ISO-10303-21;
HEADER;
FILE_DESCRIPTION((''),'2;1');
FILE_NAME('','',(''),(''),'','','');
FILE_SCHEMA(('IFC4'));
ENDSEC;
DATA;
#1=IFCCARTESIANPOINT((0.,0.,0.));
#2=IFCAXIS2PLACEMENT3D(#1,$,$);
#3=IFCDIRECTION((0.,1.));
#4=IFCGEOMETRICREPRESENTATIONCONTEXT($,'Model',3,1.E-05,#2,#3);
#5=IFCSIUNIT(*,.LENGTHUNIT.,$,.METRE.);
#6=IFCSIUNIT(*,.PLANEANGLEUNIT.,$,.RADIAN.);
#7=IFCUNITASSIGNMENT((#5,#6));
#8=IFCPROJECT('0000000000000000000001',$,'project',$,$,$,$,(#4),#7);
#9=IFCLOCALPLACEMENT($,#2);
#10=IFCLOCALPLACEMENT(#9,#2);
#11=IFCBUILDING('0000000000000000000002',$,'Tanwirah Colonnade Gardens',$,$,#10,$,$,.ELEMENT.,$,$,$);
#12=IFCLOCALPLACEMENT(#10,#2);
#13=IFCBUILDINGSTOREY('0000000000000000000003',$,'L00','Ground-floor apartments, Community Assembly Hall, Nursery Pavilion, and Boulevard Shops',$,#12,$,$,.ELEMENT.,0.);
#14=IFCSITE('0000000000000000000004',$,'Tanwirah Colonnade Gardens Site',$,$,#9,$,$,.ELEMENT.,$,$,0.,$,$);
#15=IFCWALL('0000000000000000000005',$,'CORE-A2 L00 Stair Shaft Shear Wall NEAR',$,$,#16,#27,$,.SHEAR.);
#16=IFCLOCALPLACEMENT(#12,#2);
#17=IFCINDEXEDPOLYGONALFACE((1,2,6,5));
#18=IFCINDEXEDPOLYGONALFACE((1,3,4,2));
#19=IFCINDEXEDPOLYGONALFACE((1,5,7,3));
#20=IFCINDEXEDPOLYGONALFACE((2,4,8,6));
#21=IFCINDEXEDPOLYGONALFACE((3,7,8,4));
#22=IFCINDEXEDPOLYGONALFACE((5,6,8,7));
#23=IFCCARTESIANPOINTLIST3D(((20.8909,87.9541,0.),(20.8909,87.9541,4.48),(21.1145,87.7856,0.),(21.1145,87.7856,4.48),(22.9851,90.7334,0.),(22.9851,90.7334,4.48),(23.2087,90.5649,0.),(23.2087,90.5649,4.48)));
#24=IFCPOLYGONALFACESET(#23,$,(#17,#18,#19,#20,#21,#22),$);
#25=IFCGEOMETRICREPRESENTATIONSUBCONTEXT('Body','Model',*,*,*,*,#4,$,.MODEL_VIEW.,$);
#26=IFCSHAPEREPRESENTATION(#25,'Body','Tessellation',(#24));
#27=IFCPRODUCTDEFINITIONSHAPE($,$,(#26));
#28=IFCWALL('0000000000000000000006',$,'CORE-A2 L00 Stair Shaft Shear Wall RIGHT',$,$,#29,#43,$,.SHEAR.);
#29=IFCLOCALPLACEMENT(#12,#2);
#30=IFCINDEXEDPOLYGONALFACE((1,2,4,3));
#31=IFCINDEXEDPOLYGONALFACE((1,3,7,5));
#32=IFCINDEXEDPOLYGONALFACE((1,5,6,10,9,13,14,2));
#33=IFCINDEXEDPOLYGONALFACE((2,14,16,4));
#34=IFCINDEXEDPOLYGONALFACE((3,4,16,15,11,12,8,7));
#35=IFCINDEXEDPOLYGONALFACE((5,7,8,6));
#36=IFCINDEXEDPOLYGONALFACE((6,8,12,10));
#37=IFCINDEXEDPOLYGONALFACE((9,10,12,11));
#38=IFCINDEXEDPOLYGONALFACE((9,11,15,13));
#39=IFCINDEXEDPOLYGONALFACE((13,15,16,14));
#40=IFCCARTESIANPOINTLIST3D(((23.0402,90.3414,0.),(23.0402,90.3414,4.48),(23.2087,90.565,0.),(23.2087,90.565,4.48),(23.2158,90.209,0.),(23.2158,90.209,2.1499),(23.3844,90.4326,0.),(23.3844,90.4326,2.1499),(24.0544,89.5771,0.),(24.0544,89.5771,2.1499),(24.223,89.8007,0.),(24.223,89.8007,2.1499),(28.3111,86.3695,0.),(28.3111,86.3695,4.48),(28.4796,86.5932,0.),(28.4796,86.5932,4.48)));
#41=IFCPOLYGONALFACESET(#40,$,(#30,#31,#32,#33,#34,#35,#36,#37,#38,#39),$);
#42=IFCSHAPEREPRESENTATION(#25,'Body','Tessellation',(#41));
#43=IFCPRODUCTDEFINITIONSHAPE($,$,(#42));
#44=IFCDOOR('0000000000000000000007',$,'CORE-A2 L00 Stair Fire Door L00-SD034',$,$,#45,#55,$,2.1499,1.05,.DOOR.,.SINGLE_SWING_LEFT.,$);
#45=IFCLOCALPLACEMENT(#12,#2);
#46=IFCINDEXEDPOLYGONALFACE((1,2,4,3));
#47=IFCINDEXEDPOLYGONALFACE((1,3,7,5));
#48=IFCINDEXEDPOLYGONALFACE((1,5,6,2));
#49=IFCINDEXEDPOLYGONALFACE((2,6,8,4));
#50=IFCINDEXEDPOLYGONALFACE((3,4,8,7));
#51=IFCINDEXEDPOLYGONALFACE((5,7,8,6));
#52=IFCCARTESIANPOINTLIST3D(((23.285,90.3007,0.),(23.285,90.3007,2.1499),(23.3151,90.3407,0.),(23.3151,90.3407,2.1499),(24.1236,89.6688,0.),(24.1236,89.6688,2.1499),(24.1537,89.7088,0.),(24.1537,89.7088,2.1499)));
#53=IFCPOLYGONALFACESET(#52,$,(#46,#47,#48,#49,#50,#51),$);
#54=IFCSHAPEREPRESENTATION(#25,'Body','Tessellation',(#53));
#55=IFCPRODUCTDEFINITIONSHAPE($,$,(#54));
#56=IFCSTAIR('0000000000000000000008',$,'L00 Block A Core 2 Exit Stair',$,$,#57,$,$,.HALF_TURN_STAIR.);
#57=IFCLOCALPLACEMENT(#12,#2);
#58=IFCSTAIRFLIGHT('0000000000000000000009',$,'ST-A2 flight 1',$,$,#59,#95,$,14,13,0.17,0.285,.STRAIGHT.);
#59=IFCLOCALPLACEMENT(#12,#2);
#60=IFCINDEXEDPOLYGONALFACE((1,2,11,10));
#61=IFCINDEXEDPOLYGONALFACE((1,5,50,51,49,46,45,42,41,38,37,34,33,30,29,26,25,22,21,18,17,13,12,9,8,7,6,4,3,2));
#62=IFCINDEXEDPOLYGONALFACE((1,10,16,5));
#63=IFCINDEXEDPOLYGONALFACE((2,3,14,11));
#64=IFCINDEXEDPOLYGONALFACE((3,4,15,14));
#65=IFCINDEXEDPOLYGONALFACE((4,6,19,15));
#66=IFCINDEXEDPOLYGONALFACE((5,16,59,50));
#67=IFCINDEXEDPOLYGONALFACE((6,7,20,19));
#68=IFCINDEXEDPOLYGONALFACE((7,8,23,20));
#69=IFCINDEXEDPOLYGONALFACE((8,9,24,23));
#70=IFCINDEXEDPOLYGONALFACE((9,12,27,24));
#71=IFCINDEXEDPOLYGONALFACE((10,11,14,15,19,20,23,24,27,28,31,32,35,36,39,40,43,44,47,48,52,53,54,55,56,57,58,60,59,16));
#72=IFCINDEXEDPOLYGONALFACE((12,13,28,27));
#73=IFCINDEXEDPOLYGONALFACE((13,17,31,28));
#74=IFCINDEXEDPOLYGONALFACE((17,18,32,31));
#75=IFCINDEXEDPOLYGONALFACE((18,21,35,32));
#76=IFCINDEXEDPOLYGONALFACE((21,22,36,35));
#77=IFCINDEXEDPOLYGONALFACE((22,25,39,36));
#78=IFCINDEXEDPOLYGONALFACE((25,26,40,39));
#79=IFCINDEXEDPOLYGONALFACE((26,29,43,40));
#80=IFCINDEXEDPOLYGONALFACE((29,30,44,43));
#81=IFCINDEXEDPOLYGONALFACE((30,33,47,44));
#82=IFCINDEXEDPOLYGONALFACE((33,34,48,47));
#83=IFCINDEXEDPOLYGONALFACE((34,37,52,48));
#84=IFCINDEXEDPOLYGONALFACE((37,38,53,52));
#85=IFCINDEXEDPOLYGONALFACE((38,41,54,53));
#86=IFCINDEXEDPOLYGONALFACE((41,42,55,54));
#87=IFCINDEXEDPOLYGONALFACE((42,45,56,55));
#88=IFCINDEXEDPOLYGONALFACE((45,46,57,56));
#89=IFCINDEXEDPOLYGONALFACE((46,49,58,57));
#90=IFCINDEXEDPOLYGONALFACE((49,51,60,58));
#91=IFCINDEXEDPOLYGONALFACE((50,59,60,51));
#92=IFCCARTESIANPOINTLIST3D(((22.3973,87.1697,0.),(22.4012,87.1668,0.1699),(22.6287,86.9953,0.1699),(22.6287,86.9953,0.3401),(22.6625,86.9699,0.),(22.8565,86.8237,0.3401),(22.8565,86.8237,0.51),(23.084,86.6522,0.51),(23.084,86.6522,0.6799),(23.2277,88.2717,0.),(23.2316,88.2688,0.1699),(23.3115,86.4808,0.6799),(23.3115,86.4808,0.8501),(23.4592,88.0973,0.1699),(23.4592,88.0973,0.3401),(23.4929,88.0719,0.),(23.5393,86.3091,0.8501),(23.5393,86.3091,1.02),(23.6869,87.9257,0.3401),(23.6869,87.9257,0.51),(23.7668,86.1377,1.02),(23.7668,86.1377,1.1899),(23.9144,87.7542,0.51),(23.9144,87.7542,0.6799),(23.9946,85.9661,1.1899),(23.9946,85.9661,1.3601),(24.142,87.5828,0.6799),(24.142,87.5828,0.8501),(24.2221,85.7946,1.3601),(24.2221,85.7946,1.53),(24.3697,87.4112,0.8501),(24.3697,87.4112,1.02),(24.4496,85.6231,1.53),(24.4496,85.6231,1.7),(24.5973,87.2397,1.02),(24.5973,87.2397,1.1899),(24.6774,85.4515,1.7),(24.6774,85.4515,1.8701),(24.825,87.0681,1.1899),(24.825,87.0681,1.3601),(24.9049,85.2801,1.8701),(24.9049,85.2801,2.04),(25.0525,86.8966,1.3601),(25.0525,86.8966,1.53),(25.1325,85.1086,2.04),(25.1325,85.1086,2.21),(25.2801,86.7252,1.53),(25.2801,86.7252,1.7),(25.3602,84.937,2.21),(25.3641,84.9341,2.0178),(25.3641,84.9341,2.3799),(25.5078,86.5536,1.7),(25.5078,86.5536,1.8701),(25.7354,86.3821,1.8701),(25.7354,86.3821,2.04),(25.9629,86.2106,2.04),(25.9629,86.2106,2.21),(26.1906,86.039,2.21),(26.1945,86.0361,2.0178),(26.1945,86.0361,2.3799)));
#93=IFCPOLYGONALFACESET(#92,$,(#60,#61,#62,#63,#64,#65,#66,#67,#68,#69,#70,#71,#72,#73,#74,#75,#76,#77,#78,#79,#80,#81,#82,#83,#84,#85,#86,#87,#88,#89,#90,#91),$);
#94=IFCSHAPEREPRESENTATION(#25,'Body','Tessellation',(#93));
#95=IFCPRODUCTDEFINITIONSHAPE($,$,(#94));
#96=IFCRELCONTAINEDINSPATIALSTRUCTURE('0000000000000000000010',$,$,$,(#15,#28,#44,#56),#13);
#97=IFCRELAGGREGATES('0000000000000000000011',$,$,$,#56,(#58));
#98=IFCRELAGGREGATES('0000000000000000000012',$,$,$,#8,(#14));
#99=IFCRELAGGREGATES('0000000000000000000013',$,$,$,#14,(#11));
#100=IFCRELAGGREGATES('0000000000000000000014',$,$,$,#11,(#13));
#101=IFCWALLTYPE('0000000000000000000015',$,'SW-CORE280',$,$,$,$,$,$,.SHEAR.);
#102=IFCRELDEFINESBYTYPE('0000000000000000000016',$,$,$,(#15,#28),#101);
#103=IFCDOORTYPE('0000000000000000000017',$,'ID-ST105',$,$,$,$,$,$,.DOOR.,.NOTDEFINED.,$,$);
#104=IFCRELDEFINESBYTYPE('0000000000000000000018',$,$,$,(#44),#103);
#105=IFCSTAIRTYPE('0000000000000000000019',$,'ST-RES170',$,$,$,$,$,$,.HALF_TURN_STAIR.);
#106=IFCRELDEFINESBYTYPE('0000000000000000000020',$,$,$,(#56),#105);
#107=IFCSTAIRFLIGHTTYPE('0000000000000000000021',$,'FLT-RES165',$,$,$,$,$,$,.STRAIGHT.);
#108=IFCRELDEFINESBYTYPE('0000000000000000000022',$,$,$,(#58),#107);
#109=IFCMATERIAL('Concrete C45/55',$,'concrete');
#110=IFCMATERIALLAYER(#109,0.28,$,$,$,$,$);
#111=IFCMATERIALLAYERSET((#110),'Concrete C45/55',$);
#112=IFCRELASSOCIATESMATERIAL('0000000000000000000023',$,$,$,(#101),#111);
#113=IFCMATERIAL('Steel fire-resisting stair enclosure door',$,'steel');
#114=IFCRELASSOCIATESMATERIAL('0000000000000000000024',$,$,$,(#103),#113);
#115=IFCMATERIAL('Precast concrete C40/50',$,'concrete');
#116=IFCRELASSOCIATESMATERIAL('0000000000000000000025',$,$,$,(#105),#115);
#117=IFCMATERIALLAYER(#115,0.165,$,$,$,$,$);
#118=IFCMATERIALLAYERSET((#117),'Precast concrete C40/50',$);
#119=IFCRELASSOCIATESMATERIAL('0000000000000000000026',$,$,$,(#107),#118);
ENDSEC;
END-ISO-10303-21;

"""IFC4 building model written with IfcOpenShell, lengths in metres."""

from ifc_helpers import new_model, si_unit, direction, frame, frame_2d, origin, place, context, subcontext, project, spatial, polyline, rectangle, outline, extrude, material, layer, layer_set, type_object, element, fill, aggregate, save


model = new_model("IFC4")

# Units and contexts
model_context = context("Model", 3, precision=1e-05, world=origin(), true_north=direction((0.0, 1.0)))
body_context = subcontext(model_context, "Body", "Model", "MODEL_VIEW")
ifc_project = project(units=[si_unit("LENGTHUNIT", "METRE"), si_unit("PLANEANGLEUNIT", "RADIAN")], contexts=[model_context])

# Site, building, storey
site_placement = place(None, origin())
site = spatial("IfcSite", under=ifc_project, at=site_placement, Name="Tanwirah Colonnade Gardens Site", CompositionType="ELEMENT", RefElevation=0.0)
building_placement = place(site_placement, origin())
building = spatial("IfcBuilding", under=site, at=building_placement, Name="Tanwirah Colonnade Gardens", CompositionType="ELEMENT")
storey_placement = place(building_placement, origin())
storey = spatial("IfcBuildingStorey", under=building, at=storey_placement, Name="L00", Description="Ground-floor apartments, Community Assembly Hall, Nursery Pavilion, and Boulevard Shops", CompositionType="ELEMENT", Elevation=0.0)

# Shared definitions
ifc_material_1 = material(Name="Precast concrete C40/50", Category="concrete")

# Wall
ifc_material_2 = material(Name="Concrete C45/55", Category="concrete")
ifc_layer_1 = layer(ifc_material_2, 0.28)
ifc_layer_set_1 = layer_set([ifc_layer_1], Name="Concrete C45/55")
wall_type_1 = type_object("IfcWallType", Name="SW-CORE280", PredefinedType="SHEAR", material=ifc_layer_set_1)
wall_1_placement = place(storey_placement, frame((21.0027, 87.8699, 0.0), z_axis=(0.0, 0.0, 1.0), x_axis=(0.601794, 0.798651, 0.0)))
element("IfcWall", 1, at=wall_1_placement, inside=storey, type_object=wall_type_1, Name="CORE-A2 L00 Stair Shaft Shear Wall NEAR", PredefinedType="SHEAR", context=body_context, shape_type="SweptSolid", body=[
    extrude(rectangle(XDim=3.48, YDim=0.28, at=frame_2d((1.74, 0.0))), origin(), (0.0, 0.0, 1.0), 4.48),
])

# Wall, opening, door
wall_2_placement = place(storey_placement, frame((23.1245, 90.4531, 0.0), z_axis=(0.0, 0.0, 1.0), x_axis=(0.79864, -0.60181, 0.0)))
wall_2 = element("IfcWall", 2, at=wall_2_placement, inside=storey, type_object=wall_type_1, Name="CORE-A2 L00 Stair Shaft Shear Wall RIGHT", PredefinedType="SHEAR", context=body_context, shape_type="SweptSolid", body=[
    extrude(rectangle(XDim=6.5999, YDim=0.28, at=frame_2d((3.2998, 0.0))), origin(), (0.0, 0.0, 1.0), 4.48),
])
opening_1_placement = place(wall_2_placement, frame((0.22, 0.0, 0.0)))
opening_1 = element("IfcOpeningElement", 3, at=opening_1_placement, cuts=wall_2, PredefinedType="OPENING", context=body_context, shape_type="SweptSolid", body=[
    extrude(rectangle(XDim=1.05, YDim=2.1499, at=frame_2d((0.5249, 1.075))), frame((0.0, 0.1499, 0.0), z_axis=(0.0, -1.0, 0.0), x_axis=(1.0, 0.0, 0.0)), (0.0, 0.0, 1.0), 0.3),
])
ifc_material_3 = material(Name="Steel fire-resisting stair enclosure door", Category="steel")
door_type_1 = type_object("IfcDoorType", Name="ID-ST105", OperationType="NOTDEFINED", PredefinedType="DOOR", material=ifc_material_3)
door_1_placement = place(opening_1_placement, origin())
door_1 = element("IfcDoor", 4, at=door_1_placement, inside=storey, type_object=door_type_1, Name="CORE-A2 L00 Stair Fire Door L00-SD034", OperationType="SINGLE_SWING_LEFT", OverallHeight=2.1499, OverallWidth=1.05, PredefinedType="DOOR", context=body_context, shape_type="SweptSolid", body=[
    extrude(rectangle(XDim=1.05, YDim=2.1499, at=frame_2d((0.5249, 1.075))), frame((0.0, 0.0249, 0.0), z_axis=(0.0, -1.0, 0.0), x_axis=(1.0, 0.0, 0.0)), (0.0, 0.0, 1.0), 0.05),
])
fill(opening_1, door_1)

# Stair, stair flight
stair_type = type_object("IfcStairType", Name="ST-RES170", PredefinedType="HALF_TURN_STAIR", material=ifc_material_1)
stair_placement = place(storey_placement, origin())
stair = element("IfcStair", 5, at=stair_placement, inside=storey, type_object=stair_type, Name="L00 Block A Core 2 Exit Stair", PredefinedType="HALF_TURN_STAIR")
ifc_layer_2 = layer(ifc_material_1, 0.165)
ifc_layer_set_2 = layer_set([ifc_layer_2], Name="Precast concrete C40/50")
stair_flight_type = type_object("IfcStairFlightType", Name="FLT-RES165", PredefinedType="STRAIGHT", material=ifc_layer_set_2)
stair_flight_placement = place(storey_placement, frame((22.8164, 87.7178, 0.0), z_axis=(0.0, 0.0, 1.0), x_axis=(0.798636, -0.601815, 0.0)))
stair_flight = element("IfcStairFlight", 6, at=stair_flight_placement, type_object=stair_flight_type, Name="ST-A2 flight 1", NumberOfRisers=14, NumberOfTreads=13, PredefinedType="STRAIGHT", RiserHeight=0.17, TreadLength=0.285, context=body_context, shape_type="SweptSolid", body=[
    extrude(outline(polyline([(-0.0049, 0.0), (0.0, 0.1699), (0.2849, 0.1699), (0.2849, 0.3401), (0.5701, 0.3401), (0.5701, 0.51), (0.855, 0.51), (0.855, 0.6799), (1.1399, 0.6799), (1.1399, 0.8501), (1.425, 0.8501), (1.425, 1.02), (1.71, 1.02), (1.71, 1.1899), (1.9951, 1.1899), (1.9951, 1.3601), (2.28, 1.3601), (2.28, 1.53), (2.5649, 1.53), (2.5649, 1.7), (2.8501, 1.7), (2.8501, 1.8701), (3.135, 1.8701), (3.135, 2.04), (3.4199, 2.04), (3.4199, 2.21), (3.7051, 2.21), (3.71, 2.3799), (3.71, 2.0178), (0.3271, 0.0), (-0.0049, 0.0)])), frame((0.0, 0.6899, 0.0), z_axis=(0.0, -1.0, 0.0), x_axis=(1.0, 0.0, 0.0)), (0.0, 0.0, 1.0), 1.3799),
])
aggregate(stair, [stair_flight])

save(model, "model.ifc")
